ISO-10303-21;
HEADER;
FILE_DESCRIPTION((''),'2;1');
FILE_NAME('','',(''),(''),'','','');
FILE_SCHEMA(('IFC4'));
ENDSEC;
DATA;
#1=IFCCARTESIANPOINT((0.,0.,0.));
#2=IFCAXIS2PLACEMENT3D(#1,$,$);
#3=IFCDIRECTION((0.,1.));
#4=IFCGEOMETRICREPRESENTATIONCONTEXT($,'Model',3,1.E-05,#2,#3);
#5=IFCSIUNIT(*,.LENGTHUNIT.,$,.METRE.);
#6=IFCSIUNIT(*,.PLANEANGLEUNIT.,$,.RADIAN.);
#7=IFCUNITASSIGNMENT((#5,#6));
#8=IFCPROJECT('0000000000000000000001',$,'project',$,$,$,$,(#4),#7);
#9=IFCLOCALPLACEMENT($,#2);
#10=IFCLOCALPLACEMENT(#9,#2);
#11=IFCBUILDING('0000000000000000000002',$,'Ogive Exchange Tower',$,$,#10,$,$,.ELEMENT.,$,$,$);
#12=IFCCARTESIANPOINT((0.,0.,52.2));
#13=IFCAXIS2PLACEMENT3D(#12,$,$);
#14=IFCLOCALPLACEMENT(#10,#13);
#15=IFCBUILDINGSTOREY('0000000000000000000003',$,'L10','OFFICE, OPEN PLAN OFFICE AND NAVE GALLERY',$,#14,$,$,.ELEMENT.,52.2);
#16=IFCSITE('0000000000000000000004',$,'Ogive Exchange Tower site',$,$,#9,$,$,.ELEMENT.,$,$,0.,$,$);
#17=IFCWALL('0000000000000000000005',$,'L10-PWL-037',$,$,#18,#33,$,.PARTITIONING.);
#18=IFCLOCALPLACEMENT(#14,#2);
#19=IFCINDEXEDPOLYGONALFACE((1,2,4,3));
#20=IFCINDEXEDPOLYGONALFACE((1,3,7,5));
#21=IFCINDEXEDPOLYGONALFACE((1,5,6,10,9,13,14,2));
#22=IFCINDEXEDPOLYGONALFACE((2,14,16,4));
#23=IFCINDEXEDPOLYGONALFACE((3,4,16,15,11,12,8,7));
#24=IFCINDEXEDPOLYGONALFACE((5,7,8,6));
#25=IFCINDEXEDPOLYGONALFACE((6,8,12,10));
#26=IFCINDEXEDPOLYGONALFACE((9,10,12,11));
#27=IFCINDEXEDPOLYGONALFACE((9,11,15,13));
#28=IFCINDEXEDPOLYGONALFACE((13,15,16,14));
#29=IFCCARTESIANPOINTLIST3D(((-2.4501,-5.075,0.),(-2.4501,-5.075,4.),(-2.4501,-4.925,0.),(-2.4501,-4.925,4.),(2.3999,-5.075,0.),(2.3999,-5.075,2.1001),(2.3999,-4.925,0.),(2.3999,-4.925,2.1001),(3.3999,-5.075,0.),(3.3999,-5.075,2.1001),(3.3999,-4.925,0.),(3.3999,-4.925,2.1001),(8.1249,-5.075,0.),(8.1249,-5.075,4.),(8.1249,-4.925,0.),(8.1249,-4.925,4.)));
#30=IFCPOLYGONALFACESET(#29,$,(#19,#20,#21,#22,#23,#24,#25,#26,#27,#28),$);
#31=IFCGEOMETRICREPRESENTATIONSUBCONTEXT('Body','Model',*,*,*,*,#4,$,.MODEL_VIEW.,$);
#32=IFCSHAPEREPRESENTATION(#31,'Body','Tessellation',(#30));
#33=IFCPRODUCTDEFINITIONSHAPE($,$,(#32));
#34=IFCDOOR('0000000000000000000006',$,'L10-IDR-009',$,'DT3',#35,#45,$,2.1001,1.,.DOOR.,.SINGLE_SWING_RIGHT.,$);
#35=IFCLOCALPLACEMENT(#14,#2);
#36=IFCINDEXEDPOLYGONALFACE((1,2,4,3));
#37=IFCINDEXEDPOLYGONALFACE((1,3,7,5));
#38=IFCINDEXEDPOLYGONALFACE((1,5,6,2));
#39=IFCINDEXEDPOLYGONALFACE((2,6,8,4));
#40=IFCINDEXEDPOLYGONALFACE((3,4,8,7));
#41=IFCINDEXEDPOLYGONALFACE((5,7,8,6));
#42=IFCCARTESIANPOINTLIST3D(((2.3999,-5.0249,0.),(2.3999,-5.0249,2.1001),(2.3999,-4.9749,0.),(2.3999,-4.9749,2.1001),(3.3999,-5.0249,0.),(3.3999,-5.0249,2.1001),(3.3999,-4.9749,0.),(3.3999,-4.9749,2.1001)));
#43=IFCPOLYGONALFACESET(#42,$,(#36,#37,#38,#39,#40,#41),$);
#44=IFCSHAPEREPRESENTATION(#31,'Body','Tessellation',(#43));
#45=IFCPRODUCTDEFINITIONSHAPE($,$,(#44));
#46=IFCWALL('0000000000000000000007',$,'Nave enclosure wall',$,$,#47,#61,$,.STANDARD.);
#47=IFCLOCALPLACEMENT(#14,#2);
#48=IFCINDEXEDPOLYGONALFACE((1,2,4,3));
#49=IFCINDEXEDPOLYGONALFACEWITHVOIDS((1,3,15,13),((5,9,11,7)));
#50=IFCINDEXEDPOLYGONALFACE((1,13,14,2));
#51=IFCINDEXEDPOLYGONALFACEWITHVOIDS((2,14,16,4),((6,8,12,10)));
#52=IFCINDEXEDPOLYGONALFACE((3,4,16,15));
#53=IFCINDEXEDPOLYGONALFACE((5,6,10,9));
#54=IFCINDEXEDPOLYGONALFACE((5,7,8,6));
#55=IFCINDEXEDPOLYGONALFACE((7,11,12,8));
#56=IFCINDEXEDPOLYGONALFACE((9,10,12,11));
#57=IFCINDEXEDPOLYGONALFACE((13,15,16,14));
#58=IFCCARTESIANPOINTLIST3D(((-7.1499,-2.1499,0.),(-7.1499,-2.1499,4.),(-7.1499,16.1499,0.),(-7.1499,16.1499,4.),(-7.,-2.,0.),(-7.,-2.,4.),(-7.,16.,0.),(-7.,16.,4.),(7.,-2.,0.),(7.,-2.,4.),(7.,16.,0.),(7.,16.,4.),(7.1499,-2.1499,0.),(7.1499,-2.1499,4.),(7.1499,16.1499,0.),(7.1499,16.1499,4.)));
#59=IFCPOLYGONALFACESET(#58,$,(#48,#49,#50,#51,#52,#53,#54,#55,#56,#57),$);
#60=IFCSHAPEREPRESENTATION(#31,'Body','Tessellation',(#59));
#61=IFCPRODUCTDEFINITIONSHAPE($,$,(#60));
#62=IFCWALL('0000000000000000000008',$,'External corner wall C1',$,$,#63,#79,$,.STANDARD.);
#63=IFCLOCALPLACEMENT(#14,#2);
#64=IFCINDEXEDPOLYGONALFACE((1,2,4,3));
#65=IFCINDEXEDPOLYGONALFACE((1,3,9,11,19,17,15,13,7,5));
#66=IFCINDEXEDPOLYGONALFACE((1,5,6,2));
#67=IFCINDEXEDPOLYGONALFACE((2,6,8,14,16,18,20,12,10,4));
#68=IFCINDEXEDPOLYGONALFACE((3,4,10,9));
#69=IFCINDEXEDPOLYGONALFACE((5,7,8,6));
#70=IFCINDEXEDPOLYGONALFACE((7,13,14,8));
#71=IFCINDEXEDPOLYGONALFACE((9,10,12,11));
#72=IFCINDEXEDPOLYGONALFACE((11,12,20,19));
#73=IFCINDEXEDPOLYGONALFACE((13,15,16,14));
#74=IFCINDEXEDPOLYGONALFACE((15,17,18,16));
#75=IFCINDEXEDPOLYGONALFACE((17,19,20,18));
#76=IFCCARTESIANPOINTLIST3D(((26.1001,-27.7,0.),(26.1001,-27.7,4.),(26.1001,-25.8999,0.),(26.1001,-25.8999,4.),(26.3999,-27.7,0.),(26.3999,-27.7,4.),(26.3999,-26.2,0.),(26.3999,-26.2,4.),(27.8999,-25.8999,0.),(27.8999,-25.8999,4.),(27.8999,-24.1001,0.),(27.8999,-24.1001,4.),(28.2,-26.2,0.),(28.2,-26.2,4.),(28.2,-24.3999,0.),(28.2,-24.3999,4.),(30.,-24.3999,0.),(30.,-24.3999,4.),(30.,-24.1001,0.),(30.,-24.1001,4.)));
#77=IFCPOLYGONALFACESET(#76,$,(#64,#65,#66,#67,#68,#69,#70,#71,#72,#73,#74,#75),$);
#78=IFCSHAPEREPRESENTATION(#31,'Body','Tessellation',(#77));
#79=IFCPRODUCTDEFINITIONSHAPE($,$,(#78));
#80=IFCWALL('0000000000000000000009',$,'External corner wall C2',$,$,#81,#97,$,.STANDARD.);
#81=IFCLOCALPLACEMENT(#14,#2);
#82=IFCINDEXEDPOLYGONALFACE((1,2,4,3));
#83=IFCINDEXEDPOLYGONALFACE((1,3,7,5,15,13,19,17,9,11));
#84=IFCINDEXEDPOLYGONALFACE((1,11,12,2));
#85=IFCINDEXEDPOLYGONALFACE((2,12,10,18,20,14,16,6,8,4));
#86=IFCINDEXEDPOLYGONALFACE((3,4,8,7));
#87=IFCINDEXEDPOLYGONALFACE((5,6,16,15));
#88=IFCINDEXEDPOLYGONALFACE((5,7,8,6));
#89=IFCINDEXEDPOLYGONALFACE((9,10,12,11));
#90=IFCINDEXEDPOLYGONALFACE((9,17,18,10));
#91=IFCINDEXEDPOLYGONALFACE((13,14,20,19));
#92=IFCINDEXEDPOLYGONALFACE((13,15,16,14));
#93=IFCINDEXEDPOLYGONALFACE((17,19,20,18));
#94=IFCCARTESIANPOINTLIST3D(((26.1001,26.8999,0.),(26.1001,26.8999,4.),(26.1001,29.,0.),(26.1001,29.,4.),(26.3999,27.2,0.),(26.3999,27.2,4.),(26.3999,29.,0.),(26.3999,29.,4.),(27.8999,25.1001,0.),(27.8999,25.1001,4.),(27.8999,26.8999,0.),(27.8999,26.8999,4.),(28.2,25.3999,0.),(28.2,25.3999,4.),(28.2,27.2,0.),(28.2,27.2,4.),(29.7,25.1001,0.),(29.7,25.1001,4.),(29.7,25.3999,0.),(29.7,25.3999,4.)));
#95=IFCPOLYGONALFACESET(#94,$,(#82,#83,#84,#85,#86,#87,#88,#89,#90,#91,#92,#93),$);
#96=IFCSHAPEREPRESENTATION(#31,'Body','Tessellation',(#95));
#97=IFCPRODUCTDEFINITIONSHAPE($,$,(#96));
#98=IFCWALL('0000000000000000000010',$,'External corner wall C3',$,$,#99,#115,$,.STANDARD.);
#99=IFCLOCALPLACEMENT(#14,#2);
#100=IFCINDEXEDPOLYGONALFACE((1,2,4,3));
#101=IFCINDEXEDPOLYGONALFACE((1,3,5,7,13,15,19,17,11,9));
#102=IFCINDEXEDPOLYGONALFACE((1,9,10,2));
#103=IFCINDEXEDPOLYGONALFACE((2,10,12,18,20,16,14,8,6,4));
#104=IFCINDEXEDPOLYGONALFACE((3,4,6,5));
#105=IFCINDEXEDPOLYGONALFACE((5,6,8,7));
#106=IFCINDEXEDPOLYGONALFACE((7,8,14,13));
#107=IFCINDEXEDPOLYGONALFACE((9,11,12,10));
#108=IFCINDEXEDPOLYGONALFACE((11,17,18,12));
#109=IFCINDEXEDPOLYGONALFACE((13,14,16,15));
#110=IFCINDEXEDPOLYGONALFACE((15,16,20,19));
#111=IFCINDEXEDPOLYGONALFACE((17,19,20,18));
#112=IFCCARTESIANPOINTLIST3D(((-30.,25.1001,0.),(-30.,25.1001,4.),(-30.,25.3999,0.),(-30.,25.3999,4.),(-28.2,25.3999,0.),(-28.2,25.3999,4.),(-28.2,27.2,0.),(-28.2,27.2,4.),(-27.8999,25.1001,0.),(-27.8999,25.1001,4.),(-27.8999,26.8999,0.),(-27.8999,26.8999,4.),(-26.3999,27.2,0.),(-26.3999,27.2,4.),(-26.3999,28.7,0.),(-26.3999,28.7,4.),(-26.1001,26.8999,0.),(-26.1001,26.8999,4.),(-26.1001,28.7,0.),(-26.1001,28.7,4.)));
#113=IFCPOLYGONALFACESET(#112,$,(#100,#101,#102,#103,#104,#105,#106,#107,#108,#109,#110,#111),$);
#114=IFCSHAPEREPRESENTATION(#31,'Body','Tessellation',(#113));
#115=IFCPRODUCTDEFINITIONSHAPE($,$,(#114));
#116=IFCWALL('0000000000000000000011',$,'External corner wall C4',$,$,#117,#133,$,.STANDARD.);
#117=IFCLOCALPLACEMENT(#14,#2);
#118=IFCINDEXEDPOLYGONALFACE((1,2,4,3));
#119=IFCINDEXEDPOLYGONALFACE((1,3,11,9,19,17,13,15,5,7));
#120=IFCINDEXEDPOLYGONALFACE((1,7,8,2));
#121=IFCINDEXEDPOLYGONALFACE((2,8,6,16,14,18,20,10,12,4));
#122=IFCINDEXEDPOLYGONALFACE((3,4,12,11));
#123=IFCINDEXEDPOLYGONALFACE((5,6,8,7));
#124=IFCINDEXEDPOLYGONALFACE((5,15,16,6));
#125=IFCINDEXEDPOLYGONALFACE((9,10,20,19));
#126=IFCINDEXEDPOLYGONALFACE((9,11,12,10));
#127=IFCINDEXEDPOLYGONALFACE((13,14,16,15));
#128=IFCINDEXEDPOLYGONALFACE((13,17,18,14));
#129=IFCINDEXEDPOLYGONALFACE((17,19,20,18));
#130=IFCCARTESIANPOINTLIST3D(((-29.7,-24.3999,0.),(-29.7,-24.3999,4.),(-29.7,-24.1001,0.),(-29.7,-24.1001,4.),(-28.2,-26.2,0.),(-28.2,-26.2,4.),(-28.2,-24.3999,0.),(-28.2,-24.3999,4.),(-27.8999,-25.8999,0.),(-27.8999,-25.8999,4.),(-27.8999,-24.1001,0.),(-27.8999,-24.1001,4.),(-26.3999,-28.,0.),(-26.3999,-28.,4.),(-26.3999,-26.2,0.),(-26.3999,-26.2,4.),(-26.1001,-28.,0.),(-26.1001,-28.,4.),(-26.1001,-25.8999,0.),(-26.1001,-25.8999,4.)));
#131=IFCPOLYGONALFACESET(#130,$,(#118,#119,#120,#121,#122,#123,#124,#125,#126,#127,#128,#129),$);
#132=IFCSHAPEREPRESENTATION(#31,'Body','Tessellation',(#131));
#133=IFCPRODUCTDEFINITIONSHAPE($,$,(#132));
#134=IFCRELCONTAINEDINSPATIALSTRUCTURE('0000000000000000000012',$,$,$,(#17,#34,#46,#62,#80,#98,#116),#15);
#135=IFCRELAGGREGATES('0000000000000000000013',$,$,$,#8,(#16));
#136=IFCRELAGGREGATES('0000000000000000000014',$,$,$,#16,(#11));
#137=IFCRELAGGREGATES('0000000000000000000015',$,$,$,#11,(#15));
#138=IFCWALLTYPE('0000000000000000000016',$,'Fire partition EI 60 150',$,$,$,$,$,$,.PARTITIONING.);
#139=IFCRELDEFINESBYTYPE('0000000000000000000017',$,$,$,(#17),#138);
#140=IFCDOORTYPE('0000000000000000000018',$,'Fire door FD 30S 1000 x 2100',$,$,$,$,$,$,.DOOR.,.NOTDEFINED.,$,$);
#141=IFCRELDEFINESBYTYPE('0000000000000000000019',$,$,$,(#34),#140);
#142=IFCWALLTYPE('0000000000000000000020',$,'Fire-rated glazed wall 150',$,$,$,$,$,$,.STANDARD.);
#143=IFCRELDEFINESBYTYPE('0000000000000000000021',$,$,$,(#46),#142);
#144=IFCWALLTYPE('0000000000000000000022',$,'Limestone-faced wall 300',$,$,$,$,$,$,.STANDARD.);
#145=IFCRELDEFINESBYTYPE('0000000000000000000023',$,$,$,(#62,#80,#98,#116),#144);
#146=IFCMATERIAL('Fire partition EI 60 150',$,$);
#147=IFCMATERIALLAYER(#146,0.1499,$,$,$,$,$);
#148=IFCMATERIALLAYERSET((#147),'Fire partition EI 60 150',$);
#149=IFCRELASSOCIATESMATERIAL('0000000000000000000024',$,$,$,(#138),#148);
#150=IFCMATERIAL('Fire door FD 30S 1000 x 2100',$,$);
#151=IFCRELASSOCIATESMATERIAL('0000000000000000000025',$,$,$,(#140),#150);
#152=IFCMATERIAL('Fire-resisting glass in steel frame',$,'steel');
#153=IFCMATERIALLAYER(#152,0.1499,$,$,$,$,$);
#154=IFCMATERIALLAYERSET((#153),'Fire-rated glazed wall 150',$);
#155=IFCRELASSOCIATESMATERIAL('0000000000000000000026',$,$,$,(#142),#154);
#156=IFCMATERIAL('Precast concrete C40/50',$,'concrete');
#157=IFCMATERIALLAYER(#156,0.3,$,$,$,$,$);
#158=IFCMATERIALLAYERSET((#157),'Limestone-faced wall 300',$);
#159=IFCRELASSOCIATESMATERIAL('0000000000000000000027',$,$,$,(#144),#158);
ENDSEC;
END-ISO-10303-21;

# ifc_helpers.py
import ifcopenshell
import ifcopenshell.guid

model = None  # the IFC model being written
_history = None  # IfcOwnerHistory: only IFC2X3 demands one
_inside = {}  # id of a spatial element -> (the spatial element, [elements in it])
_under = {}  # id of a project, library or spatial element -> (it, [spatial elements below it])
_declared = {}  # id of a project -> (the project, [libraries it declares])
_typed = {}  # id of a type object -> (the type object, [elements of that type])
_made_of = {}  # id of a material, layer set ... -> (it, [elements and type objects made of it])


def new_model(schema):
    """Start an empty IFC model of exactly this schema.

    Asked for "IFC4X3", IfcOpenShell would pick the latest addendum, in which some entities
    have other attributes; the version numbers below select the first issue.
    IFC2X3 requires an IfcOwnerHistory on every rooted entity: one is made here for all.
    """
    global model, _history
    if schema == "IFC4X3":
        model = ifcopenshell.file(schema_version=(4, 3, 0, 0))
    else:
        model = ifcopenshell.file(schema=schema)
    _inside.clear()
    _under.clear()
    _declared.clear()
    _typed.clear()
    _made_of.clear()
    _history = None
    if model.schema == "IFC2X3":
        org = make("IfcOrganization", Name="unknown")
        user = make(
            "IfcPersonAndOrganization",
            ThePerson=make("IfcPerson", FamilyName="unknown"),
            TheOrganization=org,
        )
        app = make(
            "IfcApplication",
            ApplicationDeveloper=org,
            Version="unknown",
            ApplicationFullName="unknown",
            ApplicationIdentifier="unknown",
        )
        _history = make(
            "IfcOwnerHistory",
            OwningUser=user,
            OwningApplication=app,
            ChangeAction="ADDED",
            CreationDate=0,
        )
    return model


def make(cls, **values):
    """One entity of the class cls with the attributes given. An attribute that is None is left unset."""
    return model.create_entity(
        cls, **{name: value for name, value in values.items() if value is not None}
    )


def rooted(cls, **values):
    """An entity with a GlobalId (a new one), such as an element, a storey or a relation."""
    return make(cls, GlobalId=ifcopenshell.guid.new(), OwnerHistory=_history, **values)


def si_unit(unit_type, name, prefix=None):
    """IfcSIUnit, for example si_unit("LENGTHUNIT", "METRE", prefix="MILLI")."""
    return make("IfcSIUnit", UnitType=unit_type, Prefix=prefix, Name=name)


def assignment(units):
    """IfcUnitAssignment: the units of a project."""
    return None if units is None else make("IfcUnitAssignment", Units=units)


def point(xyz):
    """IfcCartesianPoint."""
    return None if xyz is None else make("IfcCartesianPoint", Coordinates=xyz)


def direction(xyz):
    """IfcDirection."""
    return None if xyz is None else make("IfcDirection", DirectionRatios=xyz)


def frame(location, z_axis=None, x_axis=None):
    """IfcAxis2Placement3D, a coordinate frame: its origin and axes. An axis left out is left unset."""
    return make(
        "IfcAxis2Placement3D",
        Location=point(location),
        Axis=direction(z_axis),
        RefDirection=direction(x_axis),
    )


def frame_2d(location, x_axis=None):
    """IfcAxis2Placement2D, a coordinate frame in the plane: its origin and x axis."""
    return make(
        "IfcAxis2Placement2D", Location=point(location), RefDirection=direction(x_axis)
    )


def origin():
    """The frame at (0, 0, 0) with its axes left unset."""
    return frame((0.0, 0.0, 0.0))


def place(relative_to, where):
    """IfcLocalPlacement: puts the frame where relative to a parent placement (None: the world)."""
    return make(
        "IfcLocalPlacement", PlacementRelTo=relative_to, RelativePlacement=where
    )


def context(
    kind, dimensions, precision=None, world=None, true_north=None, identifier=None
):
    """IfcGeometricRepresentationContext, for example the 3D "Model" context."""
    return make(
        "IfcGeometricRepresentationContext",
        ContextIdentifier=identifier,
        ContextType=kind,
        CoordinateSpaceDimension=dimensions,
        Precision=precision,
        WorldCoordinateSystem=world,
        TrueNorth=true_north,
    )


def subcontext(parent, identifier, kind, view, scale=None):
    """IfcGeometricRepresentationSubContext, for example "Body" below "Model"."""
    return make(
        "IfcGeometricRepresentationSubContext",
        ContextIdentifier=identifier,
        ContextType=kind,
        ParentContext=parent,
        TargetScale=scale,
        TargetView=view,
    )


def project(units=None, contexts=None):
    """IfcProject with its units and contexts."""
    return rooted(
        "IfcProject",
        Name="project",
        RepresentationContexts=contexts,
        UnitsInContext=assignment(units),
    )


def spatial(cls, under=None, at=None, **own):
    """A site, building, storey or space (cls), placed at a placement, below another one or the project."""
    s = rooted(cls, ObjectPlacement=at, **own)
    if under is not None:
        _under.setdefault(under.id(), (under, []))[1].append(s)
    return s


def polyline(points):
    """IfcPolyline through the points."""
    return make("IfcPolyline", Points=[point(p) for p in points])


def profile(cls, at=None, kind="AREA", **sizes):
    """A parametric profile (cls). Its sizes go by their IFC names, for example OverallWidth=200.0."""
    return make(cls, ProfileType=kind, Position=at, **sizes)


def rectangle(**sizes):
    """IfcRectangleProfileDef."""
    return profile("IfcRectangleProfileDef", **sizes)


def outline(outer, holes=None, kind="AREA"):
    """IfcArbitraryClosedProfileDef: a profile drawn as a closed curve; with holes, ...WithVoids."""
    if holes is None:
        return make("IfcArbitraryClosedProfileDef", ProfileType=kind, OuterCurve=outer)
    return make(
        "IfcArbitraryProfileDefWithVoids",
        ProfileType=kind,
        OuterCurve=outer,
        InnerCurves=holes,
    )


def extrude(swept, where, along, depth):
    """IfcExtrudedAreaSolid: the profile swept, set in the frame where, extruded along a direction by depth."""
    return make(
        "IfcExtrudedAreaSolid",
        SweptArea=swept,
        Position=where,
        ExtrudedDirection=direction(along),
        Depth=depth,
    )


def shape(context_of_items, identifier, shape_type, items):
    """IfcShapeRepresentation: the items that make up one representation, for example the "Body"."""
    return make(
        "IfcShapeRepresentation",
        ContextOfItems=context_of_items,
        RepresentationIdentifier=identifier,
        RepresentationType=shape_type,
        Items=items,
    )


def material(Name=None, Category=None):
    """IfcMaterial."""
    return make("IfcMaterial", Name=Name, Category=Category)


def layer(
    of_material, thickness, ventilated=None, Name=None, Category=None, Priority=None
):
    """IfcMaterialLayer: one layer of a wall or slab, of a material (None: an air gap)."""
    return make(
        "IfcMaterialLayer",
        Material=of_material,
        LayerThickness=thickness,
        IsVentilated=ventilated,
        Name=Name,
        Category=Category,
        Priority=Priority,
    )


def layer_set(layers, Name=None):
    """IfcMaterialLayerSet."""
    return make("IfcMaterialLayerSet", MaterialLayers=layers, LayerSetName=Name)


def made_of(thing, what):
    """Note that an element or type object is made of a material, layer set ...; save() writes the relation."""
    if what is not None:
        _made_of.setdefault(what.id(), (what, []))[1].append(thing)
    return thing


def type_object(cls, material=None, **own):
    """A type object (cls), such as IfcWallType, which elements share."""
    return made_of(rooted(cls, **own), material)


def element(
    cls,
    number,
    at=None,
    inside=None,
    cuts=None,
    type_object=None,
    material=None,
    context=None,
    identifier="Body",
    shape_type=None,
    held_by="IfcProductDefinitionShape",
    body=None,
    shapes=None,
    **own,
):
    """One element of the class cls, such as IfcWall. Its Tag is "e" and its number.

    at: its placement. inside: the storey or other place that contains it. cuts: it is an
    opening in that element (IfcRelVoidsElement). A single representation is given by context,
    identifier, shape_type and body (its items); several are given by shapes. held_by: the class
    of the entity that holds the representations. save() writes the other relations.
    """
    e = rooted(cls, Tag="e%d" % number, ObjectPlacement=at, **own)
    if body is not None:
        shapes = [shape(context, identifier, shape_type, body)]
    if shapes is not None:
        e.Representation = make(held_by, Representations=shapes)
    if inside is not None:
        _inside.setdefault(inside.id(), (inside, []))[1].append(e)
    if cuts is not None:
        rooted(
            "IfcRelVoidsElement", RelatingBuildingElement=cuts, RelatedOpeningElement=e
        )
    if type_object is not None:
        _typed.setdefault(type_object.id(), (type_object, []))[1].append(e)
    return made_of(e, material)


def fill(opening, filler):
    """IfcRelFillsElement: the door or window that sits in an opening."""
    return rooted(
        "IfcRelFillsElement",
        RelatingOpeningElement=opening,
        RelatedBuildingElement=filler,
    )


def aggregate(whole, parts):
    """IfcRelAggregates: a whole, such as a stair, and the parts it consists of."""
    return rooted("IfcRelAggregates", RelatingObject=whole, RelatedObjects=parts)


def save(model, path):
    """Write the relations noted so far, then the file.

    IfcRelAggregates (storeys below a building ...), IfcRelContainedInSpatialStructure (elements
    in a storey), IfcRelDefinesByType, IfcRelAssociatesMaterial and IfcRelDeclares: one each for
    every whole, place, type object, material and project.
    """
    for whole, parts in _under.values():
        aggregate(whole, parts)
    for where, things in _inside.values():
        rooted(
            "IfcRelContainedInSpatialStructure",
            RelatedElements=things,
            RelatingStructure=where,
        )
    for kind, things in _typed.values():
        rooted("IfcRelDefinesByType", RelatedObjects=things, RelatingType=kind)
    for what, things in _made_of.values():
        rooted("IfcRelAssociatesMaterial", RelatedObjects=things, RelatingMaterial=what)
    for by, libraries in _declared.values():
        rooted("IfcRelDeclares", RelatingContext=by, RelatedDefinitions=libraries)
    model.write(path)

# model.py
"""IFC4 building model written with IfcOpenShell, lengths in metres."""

from ifc_helpers import new_model, si_unit, direction, frame, frame_2d, origin, place, context, subcontext, project, spatial, polyline, rectangle, outline, extrude, material, layer, layer_set, type_object, element, fill, save


model = new_model("IFC4")

# Units and contexts
model_context = context("Model", 3, precision=1e-05, world=origin(), true_north=direction((0.0, 1.0)))
body_context = subcontext(model_context, "Body", "Model", "MODEL_VIEW")
ifc_project = project(units=[si_unit("LENGTHUNIT", "METRE"), si_unit("PLANEANGLEUNIT", "RADIAN")], contexts=[model_context])

# Site, building, storey
site_placement = place(None, origin())
site = spatial("IfcSite", under=ifc_project, at=site_placement, Name="Ogive Exchange Tower site", CompositionType="ELEMENT", RefElevation=0.0)
building_placement = place(site_placement, origin())
building = spatial("IfcBuilding", under=site, at=building_placement, Name="Ogive Exchange Tower", CompositionType="ELEMENT")
storey_placement = place(building_placement, frame((0.0, 0.0, 52.2)))
storey = spatial("IfcBuildingStorey", under=building, at=storey_placement, Name="L10", Description="OFFICE, OPEN PLAN OFFICE AND NAVE GALLERY", CompositionType="ELEMENT", Elevation=52.2)

# Shared definitions
ifc_material_1 = material(Name="Fire partition EI 60 150")
ifc_layer_1 = layer(ifc_material_1, 0.1499)
ifc_layer_set_1 = layer_set([ifc_layer_1], Name="Fire partition EI 60 150")
wall_type_1 = type_object("IfcWallType", Name="Fire partition EI 60 150", PredefinedType="PARTITIONING", material=ifc_layer_set_1)

# Wall, opening, door
wall_1_placement = place(storey_placement, frame((8.125, -5.0, 0.0), z_axis=(0.0, 0.0, 1.0), x_axis=(-1.0, 0.0, 0.0)))
wall_1 = element("IfcWall", 1, at=wall_1_placement, inside=storey, type_object=wall_type_1, Name="L10-PWL-037", PredefinedType="PARTITIONING", context=body_context, shape_type="SweptSolid", body=[
    extrude(rectangle(XDim=10.575, YDim=0.1499, at=frame_2d((5.2876, 0.0))), origin(), (0.0, 0.0, 1.0), 4.0),
])
opening_1_placement = place(wall_1_placement, frame((4.7251, 0.0, 0.0)))
opening_1 = element("IfcOpeningElement", 2, at=opening_1_placement, cuts=wall_1, PredefinedType="OPENING", context=body_context, shape_type="SweptSolid", body=[
    extrude(rectangle(XDim=1.0, YDim=2.1001, at=frame_2d((0.5, 1.05))), frame((0.0, 0.085, 0.0), z_axis=(0.0, -1.0, 0.0), x_axis=(1.0, 0.0, 0.0)), (0.0, 0.0, 1.0), 0.1699),
])
ifc_material_2 = material(Name="Fire door FD 30S 1000 x 2100")
door_type_1 = type_object("IfcDoorType", Name="Fire door FD 30S 1000 x 2100", OperationType="NOTDEFINED", PredefinedType="DOOR", material=ifc_material_2)
door_1_placement = place(opening_1_placement, origin())
door_1 = element("IfcDoor", 3, at=door_1_placement, inside=storey, type_object=door_type_1, Name="L10-IDR-009", ObjectType="DT3", OperationType="SINGLE_SWING_RIGHT", OverallHeight=2.1001, OverallWidth=1.0, PredefinedType="DOOR", context=body_context, shape_type="SweptSolid", body=[
    extrude(rectangle(XDim=1.0, YDim=2.1001, at=frame_2d((0.5, 1.05))), frame((0.0, 0.0249, 0.0), z_axis=(0.0, -1.0, 0.0), x_axis=(1.0, 0.0, 0.0)), (0.0, 0.0, 1.0), 0.05),
])
fill(opening_1, door_1)

# Walls
ifc_material_3 = material(Name="Fire-resisting glass in steel frame", Category="steel")
ifc_layer_2 = layer(ifc_material_3, 0.1499)
ifc_layer_set_2 = layer_set([ifc_layer_2], Name="Fire-rated glazed wall 150")
wall_type_2 = type_object("IfcWallType", Name="Fire-rated glazed wall 150", PredefinedType="STANDARD", material=ifc_layer_set_2)
wall_2_placement = place(storey_placement, origin())
element("IfcWall", 4, at=wall_2_placement, inside=storey, type_object=wall_type_2, Name="Nave enclosure wall", PredefinedType="STANDARD", context=body_context, shape_type="SweptSolid", body=[
    extrude(outline(polyline([(-7.1499, -2.1499), (7.1499, -2.1499), (7.1499, 16.1499), (-7.1499, 16.1499), (-7.1499, -2.1499)]), holes=[polyline([(-7.0, -2.0), (-7.0, 16.0), (7.0, 16.0), (7.0, -2.0), (-7.0, -2.0)])]), origin(), (0.0, 0.0, 1.0), 4.0),
])
ifc_material_4 = material(Name="Precast concrete C40/50", Category="concrete")
ifc_layer_3 = layer(ifc_material_4, 0.3)
ifc_layer_set_3 = layer_set([ifc_layer_3], Name="Limestone-faced wall 300")
wall_type_3 = type_object("IfcWallType", Name="Limestone-faced wall 300", PredefinedType="STANDARD", material=ifc_layer_set_3)
wall_3_placement = place(storey_placement, origin())
element("IfcWall", 5, at=wall_3_placement, inside=storey, type_object=wall_type_3, Name="External corner wall C1", PredefinedType="STANDARD", context=body_context, shape_type="SweptSolid", body=[
    extrude(outline(polyline([(27.8999, -25.8999), (27.8999, -24.1001), (30.0, -24.1001), (30.0, -24.3999), (28.2, -24.3999), (28.2, -26.2), (26.3999, -26.2), (26.3999, -27.7), (26.1001, -27.7), (26.1001, -25.8999), (27.8999, -25.8999)])), origin(), (0.0, 0.0, 1.0), 4.0),
])
wall_4_placement = place(storey_placement, origin())
element("IfcWall", 6, at=wall_4_placement, inside=storey, type_object=wall_type_3, Name="External corner wall C2", PredefinedType="STANDARD", context=body_context, shape_type="SweptSolid", body=[
    extrude(outline(polyline([(27.8999, 26.8999), (26.1001, 26.8999), (26.1001, 29.0), (26.3999, 29.0), (26.3999, 27.2), (28.2, 27.2), (28.2, 25.3999), (29.7, 25.3999), (29.7, 25.1001), (27.8999, 25.1001), (27.8999, 26.8999)])), origin(), (0.0, 0.0, 1.0), 4.0),
])
wall_5_placement = place(storey_placement, origin())
element("IfcWall", 7, at=wall_5_placement, inside=storey, type_object=wall_type_3, Name="External corner wall C3", PredefinedType="STANDARD", context=body_context, shape_type="SweptSolid", body=[
    extrude(outline(polyline([(-28.2, 25.3999), (-28.2, 27.2), (-26.3999, 27.2), (-26.3999, 28.7), (-26.1001, 28.7), (-26.1001, 26.8999), (-27.8999, 26.8999), (-27.8999, 25.1001), (-30.0, 25.1001), (-30.0, 25.3999), (-28.2, 25.3999)])), origin(), (0.0, 0.0, 1.0), 4.0),
])
wall_6_placement = place(storey_placement, origin())
element("IfcWall", 8, at=wall_6_placement, inside=storey, type_object=wall_type_3, Name="External corner wall C4", PredefinedType="STANDARD", context=body_context, shape_type="SweptSolid", body=[
    extrude(outline(polyline([(-26.3999, -26.2), (-28.2, -26.2), (-28.2, -24.3999), (-29.7, -24.3999), (-29.7, -24.1001), (-27.8999, -24.1001), (-27.8999, -25.8999), (-26.1001, -25.8999), (-26.1001, -28.0), (-26.3999, -28.0), (-26.3999, -26.2)])), origin(), (0.0, 0.0, 1.0), 4.0),
])

save(model, "model.ifc")
